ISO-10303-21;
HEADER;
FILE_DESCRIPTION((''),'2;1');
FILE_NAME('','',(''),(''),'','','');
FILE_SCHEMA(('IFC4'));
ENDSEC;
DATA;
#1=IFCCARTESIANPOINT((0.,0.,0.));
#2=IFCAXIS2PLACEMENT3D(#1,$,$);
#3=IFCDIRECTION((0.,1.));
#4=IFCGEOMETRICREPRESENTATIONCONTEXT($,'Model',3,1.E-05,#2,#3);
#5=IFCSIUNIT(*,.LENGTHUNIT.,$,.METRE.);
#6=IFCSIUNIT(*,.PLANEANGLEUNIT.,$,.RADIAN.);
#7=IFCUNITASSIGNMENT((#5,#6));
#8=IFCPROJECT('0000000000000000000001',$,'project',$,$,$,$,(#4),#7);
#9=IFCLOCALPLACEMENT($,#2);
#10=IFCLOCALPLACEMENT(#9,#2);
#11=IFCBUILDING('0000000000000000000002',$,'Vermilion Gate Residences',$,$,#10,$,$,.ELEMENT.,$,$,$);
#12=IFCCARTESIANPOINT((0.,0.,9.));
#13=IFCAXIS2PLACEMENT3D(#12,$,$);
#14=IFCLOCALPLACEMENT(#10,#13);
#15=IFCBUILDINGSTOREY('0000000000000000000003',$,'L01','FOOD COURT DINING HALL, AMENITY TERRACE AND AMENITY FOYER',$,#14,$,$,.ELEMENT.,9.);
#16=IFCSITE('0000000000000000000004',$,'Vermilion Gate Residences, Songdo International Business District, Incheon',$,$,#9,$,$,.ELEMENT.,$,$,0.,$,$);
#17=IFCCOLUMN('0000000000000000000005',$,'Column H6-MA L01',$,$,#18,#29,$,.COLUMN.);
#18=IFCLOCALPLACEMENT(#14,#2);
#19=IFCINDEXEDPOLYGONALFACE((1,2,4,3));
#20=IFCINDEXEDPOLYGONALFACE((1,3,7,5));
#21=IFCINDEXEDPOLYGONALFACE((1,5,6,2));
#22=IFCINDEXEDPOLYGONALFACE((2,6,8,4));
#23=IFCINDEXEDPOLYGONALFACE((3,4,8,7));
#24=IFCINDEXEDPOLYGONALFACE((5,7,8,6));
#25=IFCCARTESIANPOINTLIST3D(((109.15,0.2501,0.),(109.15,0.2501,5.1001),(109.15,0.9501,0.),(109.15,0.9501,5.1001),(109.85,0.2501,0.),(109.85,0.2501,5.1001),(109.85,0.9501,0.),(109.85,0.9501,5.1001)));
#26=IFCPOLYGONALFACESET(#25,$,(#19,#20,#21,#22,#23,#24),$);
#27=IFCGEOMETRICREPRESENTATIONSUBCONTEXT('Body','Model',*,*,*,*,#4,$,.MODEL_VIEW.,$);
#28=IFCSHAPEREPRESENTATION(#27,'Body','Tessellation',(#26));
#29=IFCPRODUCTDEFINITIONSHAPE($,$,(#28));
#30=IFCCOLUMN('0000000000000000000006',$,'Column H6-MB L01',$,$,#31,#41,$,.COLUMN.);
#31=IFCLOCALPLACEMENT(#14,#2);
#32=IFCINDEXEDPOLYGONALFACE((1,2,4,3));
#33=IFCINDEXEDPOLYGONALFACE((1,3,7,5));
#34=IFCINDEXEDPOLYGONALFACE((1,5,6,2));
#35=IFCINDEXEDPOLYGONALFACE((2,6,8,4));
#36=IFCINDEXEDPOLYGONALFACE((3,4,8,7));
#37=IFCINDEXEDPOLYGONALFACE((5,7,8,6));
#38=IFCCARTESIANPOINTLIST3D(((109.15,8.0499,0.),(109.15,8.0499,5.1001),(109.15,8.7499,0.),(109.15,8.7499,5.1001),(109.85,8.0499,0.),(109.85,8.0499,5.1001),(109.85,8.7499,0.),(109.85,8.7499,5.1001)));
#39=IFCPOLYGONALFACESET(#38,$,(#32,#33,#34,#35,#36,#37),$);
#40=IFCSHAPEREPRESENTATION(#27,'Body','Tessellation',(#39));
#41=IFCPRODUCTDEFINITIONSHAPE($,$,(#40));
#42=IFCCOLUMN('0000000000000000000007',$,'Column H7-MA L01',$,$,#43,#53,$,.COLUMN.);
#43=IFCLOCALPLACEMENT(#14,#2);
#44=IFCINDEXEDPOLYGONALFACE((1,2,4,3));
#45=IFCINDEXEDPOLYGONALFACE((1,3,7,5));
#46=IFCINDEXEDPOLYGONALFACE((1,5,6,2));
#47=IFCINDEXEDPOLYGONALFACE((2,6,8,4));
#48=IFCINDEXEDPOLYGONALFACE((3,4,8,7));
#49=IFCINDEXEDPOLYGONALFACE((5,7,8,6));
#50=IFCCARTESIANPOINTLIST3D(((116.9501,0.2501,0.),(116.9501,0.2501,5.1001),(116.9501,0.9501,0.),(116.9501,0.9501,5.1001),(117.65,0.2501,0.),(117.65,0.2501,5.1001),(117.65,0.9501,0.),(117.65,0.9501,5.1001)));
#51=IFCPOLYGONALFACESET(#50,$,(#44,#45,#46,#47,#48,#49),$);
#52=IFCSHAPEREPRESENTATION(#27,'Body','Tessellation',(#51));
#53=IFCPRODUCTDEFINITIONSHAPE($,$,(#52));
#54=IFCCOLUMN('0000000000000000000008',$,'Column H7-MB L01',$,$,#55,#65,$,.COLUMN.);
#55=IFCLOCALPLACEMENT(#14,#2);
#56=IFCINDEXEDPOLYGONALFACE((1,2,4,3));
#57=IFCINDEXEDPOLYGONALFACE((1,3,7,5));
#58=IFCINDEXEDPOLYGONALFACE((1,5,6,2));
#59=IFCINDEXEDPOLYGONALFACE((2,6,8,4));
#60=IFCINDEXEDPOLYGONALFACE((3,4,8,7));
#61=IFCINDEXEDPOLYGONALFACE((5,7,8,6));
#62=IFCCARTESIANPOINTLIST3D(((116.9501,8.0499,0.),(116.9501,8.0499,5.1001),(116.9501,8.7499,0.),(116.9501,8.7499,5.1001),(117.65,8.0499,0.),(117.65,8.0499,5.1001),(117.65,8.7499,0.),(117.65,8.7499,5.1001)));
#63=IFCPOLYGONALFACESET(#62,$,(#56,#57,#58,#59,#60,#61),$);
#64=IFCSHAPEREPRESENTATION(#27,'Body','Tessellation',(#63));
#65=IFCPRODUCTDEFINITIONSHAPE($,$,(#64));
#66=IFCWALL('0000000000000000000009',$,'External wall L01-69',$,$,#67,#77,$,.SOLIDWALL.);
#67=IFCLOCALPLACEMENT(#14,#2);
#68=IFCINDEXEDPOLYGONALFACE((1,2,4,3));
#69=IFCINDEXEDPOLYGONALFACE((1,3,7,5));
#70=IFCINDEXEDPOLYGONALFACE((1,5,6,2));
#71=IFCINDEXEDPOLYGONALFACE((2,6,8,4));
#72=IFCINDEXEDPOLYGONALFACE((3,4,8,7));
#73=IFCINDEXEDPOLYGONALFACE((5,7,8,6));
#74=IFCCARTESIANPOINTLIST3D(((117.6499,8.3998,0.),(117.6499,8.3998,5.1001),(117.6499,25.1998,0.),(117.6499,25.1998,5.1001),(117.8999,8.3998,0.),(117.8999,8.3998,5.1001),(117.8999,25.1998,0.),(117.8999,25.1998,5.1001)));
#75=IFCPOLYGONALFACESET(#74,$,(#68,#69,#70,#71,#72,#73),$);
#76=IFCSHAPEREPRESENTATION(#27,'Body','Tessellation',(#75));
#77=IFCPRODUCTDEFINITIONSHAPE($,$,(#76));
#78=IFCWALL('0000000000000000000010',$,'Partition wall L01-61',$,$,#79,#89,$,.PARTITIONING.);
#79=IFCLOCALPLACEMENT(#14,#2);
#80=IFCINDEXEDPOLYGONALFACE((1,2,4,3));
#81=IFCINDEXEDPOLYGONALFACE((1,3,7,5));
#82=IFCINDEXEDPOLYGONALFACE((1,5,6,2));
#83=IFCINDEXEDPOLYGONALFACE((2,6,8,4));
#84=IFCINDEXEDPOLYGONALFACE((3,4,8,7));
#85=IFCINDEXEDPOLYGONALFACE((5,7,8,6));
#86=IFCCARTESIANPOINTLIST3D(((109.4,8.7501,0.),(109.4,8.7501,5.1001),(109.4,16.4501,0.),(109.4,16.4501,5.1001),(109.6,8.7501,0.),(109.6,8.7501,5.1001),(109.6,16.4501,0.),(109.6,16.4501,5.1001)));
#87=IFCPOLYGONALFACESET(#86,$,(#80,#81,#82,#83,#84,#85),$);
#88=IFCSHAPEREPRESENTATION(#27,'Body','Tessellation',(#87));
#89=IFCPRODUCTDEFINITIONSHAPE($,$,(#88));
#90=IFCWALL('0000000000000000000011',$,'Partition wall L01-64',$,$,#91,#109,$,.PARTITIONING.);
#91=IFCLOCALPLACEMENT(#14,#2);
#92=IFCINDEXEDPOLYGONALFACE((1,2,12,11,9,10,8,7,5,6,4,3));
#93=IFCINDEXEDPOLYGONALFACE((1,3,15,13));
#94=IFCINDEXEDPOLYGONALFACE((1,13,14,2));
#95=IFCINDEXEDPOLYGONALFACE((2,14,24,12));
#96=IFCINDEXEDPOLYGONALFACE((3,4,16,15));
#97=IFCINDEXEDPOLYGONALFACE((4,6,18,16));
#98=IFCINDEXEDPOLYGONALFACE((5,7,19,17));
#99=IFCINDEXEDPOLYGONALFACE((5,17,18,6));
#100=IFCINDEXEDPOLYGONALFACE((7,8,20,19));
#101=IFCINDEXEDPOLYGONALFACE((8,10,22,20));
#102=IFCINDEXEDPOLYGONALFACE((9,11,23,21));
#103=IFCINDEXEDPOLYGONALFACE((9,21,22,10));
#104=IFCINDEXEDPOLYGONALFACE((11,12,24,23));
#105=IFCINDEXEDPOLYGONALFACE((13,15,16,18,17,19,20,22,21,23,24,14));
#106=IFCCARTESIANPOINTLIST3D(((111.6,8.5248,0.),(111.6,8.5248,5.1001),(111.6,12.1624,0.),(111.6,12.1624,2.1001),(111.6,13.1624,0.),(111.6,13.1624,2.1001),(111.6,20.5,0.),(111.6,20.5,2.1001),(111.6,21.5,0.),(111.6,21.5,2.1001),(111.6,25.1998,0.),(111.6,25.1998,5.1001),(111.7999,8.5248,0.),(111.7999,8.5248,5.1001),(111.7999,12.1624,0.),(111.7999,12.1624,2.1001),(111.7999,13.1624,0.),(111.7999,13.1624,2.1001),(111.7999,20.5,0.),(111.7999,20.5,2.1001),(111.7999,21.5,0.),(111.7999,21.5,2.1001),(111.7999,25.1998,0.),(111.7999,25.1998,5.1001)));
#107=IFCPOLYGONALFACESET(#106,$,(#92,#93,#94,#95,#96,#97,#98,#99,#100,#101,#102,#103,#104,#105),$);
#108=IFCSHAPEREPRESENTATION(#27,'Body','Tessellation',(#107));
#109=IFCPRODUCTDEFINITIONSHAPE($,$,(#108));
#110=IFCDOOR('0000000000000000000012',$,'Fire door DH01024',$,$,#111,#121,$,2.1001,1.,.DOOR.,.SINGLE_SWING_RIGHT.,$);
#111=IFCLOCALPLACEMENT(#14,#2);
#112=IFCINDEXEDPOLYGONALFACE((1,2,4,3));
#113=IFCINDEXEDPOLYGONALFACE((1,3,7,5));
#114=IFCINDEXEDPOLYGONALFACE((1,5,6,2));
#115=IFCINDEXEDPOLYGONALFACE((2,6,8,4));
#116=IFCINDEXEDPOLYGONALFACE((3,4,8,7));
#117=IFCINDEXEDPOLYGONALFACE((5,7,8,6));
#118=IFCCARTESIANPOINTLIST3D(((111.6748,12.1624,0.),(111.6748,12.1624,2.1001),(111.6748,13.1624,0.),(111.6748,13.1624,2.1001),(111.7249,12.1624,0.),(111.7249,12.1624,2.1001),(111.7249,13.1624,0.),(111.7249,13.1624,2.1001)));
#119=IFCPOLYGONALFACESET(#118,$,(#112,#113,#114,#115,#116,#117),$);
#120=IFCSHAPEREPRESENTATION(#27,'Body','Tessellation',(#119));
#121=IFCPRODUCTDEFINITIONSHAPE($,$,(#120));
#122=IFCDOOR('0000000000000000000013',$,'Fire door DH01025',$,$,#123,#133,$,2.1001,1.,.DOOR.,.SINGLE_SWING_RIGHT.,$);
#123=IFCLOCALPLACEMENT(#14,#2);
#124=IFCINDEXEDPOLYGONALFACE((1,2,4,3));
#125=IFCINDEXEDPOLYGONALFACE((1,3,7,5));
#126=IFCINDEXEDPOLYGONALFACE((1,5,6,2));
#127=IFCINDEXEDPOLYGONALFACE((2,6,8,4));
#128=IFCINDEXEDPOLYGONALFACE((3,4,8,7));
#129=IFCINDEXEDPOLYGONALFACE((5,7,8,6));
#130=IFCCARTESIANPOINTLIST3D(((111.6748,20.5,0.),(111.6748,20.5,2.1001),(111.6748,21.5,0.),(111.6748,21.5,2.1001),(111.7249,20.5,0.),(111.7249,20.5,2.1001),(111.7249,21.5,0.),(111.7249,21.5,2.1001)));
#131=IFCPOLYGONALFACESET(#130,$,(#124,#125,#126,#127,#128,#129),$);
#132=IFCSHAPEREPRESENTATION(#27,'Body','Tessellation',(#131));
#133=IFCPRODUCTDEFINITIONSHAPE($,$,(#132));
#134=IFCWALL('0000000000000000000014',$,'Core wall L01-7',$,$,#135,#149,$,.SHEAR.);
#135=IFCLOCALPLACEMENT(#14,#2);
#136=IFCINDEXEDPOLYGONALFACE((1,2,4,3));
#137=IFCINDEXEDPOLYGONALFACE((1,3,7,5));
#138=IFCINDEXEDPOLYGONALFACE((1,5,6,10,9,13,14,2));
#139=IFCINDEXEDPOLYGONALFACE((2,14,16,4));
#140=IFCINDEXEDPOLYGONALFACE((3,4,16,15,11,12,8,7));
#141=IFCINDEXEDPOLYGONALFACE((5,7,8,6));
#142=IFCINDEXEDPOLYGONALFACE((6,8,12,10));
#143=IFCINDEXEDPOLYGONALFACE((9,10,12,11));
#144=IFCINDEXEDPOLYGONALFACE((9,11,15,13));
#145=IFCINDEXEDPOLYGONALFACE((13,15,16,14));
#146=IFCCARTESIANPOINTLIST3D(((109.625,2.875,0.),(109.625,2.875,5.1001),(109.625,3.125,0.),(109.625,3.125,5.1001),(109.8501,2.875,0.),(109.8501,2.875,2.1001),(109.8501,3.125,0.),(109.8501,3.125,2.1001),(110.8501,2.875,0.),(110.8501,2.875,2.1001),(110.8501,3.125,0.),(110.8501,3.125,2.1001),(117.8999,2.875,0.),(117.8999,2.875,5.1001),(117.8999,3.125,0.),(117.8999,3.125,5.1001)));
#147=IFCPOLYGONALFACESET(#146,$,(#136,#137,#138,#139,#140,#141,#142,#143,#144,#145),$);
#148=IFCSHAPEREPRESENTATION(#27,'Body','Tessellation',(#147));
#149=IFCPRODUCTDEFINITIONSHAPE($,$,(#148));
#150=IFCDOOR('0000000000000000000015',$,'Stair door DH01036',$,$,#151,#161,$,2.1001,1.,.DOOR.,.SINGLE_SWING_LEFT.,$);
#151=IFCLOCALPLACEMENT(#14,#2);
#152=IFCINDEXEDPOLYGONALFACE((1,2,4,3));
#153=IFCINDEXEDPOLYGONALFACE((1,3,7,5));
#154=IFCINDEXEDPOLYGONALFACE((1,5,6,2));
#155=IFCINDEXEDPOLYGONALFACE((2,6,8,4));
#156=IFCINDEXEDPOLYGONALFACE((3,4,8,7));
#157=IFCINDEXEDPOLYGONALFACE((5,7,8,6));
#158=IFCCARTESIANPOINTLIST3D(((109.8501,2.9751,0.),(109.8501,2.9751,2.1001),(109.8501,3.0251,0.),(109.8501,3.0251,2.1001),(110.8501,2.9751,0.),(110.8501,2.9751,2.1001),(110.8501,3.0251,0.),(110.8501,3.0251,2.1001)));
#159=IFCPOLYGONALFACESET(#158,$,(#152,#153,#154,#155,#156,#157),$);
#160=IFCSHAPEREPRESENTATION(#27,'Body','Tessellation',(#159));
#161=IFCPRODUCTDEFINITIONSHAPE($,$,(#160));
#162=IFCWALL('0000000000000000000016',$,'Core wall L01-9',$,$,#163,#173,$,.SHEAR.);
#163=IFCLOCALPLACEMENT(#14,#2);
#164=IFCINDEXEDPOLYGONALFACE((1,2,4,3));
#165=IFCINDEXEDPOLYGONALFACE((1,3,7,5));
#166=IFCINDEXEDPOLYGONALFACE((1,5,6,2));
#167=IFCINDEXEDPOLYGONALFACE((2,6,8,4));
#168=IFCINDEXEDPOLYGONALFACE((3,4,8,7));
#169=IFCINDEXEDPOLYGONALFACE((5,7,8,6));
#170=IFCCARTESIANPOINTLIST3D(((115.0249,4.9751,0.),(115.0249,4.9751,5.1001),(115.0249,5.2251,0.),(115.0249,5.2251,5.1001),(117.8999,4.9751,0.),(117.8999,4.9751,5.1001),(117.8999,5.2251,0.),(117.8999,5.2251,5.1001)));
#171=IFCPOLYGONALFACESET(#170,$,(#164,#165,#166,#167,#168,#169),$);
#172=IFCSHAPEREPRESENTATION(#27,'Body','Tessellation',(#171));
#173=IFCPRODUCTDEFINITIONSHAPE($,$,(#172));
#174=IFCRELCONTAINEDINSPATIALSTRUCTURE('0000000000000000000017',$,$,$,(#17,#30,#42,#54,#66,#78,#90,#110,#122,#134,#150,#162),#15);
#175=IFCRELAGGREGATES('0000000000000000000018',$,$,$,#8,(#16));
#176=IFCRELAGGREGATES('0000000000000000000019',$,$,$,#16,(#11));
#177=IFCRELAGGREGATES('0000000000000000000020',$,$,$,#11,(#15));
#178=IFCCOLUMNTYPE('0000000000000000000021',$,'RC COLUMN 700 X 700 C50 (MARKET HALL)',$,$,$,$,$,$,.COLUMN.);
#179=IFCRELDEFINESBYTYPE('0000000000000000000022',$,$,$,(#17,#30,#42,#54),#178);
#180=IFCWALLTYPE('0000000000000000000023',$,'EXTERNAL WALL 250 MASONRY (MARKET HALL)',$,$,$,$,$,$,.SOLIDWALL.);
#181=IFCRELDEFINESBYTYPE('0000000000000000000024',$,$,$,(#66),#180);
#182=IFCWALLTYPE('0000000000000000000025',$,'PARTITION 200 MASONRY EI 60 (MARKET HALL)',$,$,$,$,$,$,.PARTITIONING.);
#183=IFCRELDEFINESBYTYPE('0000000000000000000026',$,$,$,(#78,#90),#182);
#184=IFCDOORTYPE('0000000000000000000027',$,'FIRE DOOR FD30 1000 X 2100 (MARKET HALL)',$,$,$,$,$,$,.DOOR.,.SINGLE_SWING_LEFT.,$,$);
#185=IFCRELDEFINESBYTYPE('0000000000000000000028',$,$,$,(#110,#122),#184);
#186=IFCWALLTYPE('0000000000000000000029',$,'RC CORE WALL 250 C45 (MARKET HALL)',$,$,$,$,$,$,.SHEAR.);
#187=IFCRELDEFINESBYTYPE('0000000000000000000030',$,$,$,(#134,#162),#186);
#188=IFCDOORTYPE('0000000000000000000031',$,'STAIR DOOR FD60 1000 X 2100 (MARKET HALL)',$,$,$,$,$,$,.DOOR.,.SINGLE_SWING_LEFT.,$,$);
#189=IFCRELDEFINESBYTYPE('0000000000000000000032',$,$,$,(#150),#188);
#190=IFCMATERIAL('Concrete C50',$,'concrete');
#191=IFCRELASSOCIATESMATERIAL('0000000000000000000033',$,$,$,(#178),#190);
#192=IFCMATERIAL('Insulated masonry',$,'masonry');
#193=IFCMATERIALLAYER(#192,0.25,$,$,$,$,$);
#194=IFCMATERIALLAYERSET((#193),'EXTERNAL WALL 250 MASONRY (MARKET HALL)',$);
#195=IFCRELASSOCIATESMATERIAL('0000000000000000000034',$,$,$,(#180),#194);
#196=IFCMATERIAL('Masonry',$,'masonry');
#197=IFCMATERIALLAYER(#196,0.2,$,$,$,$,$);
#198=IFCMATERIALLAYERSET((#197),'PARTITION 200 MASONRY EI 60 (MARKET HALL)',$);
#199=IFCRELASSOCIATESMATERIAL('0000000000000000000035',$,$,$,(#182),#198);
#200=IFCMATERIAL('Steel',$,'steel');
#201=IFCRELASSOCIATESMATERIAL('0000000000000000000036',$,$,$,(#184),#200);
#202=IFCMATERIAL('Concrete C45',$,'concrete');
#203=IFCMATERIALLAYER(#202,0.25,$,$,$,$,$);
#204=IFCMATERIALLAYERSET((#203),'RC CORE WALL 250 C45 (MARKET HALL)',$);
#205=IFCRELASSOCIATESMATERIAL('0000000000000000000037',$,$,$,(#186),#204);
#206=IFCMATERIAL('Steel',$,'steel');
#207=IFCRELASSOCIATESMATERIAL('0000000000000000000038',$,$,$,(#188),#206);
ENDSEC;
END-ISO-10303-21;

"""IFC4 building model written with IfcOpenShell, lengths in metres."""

from ifc_helpers import new_model, si_unit, direction, frame, frame_2d, origin, origin_2d, place, context, subcontext, project, spatial, rectangle, extrude, material, layer, layer_set, material_profile, profile_set, type_object, element, fill, save


model = new_model("IFC4")

# Units and contexts
model_context = context("Model", 3, precision=1e-05, world=origin(), true_north=direction((0.0, 1.0)))
body_context = subcontext(model_context, "Body", "Model", "MODEL_VIEW")
ifc_project = project(units=[si_unit("LENGTHUNIT", "METRE"), si_unit("PLANEANGLEUNIT", "RADIAN")], contexts=[model_context])

# Site, building, storey
site_placement = place(None, origin())
site = spatial("IfcSite", under=ifc_project, at=site_placement, Name="Vermilion Gate Residences, Songdo International Business District, Incheon", CompositionType="ELEMENT", RefElevation=0.0)
building_placement = place(site_placement, origin())
building = spatial("IfcBuilding", under=site, at=building_placement, Name="Vermilion Gate Residences", CompositionType="ELEMENT")
storey_placement = place(building_placement, frame((0.0, 0.0, 9.0)))
storey = spatial("IfcBuildingStorey", under=building, at=storey_placement, Name="L01", Description="FOOD COURT DINING HALL, AMENITY TERRACE AND AMENITY FOYER", CompositionType="ELEMENT", Elevation=9.0)

# Columns
ifc_material_1 = material(Name="Concrete C50", Category="concrete")
ifc_material_profile = material_profile(ifc_material_1, rectangle(XDim=0.7, YDim=0.7, at=origin_2d()), Name="RC COLUMN 700 X 700 C50 (MARKET HALL)")
ifc_profile_set = profile_set([ifc_material_profile], Name="Concrete C50")
column_type = type_object("IfcColumnType", Name="RC COLUMN 700 X 700 C50 (MARKET HALL)", PredefinedType="COLUMN", material=ifc_profile_set)
for number, where, z_axis, x_axis, name in (
    (1, (109.5, 0.6001, 0.0), (0.0, 0.0, 1.0), (1.0, 0.0, 0.0), "Column H6-MA L01"),
    (2, (109.5, 8.3999, 0.0), (0.0, 0.0, 1.0), (1.0, 0.0, 0.0), "Column H6-MB L01"),
    (3, (117.3, 0.6001, 0.0), (0.0, 0.0, 1.0), (1.0, 0.0, 0.0), "Column H7-MA L01"),
    (4, (117.3, 8.3999, 0.0), (0.0, 0.0, 1.0), (1.0, 0.0, 0.0), "Column H7-MB L01"),
):
    element("IfcColumn", number, at=place(storey_placement, frame(where, z_axis=z_axis, x_axis=x_axis)), inside=storey, type_object=column_type, Name=name, PredefinedType="COLUMN", context=body_context, shape_type="SweptSolid", body=[
        extrude(rectangle(XDim=0.7, YDim=0.7, at=origin_2d()), origin(), (0.0, 0.0, 1.0), 5.1001),
    ])

# Walls
ifc_material_2 = material(Name="Insulated masonry", Category="masonry")
ifc_layer_1 = layer(ifc_material_2, 0.25)
ifc_layer_set_1 = layer_set([ifc_layer_1], Name="EXTERNAL WALL 250 MASONRY (MARKET HALL)")
wall_type_1 = type_object("IfcWallType", Name="EXTERNAL WALL 250 MASONRY (MARKET HALL)", PredefinedType="SOLIDWALL", material=ifc_layer_set_1)
wall_1_placement = place(storey_placement, frame((117.7749, 8.3999, 0.0), z_axis=(0.0, 0.0, 1.0), x_axis=(0.0, 1.0, 0.0)))
element("IfcWall", 5, at=wall_1_placement, inside=storey, type_object=wall_type_1, Name="External wall L01-69", PredefinedType="SOLIDWALL", context=body_context, shape_type="SweptSolid", body=[
    extrude(rectangle(XDim=16.8, YDim=0.25, at=frame_2d((8.3999, 0.0))), origin(), (0.0, 0.0, 1.0), 5.1001),
])
ifc_material_3 = material(Name="Masonry", Category="masonry")
ifc_layer_2 = layer(ifc_material_3, 0.2)
ifc_layer_set_2 = layer_set([ifc_layer_2], Name="PARTITION 200 MASONRY EI 60 (MARKET HALL)")
wall_type_2 = type_object("IfcWallType", Name="PARTITION 200 MASONRY EI 60 (MARKET HALL)", PredefinedType="PARTITIONING", material=ifc_layer_set_2)
wall_2_placement = place(storey_placement, frame((109.5, 8.75, 0.0), z_axis=(0.0, 0.0, 1.0), x_axis=(0.0, 1.0, 0.0)))
element("IfcWall", 6, at=wall_2_placement, inside=storey, type_object=wall_type_2, Name="Partition wall L01-61", PredefinedType="PARTITIONING", context=body_context, shape_type="SweptSolid", body=[
    extrude(rectangle(XDim=7.7, YDim=0.2, at=frame_2d((3.8501, 0.0))), origin(), (0.0, 0.0, 1.0), 5.1001),
])

# Wall, openings, doors
wall_3_placement = place(storey_placement, frame((111.7, 8.5249, 0.0), z_axis=(0.0, 0.0, 1.0), x_axis=(0.0, 1.0, 0.0)))
wall_3 = element("IfcWall", 7, at=wall_3_placement, inside=storey, type_object=wall_type_2, Name="Partition wall L01-64", PredefinedType="PARTITIONING", context=body_context, shape_type="SweptSolid", body=[
    extrude(rectangle(XDim=16.675, YDim=0.2, at=frame_2d((8.3374, 0.0))), origin(), (0.0, 0.0, 1.0), 5.1001),
])
opening_1_placement = place(wall_3_placement, frame((3.6375, 0.0, 0.0)))
opening_1 = element("IfcOpeningElement", 8, at=opening_1_placement, cuts=wall_3, PredefinedType="OPENING", context=body_context, shape_type="SweptSolid", body=[
    extrude(rectangle(XDim=1.0, YDim=2.1001, at=frame_2d((0.5, 1.05))), frame((0.0, 0.1099, 0.0), z_axis=(0.0, -1.0, 0.0), x_axis=(1.0, 0.0, 0.0)), (0.0, 0.0, 1.0), 0.22),
])
opening_2_placement = place(wall_3_placement, frame((11.9751, 0.0, 0.0)))
opening_2 = element("IfcOpeningElement", 9, at=opening_2_placement, cuts=wall_3, PredefinedType="OPENING", context=body_context, shape_type="SweptSolid", body=[
    extrude(rectangle(XDim=1.0, YDim=2.1001, at=frame_2d((0.5, 1.05))), frame((0.0, 0.1099, 0.0), z_axis=(0.0, -1.0, 0.0), x_axis=(1.0, 0.0, 0.0)), (0.0, 0.0, 1.0), 0.22),
])
ifc_material_4 = material(Name="Steel", Category="steel")
door_type_1 = type_object("IfcDoorType", Name="FIRE DOOR FD30 1000 X 2100 (MARKET HALL)", OperationType="SINGLE_SWING_LEFT", PredefinedType="DOOR", material=ifc_material_4)
door_1_placement = place(opening_1_placement, frame((1.0, 0.0, 0.0), z_axis=(0.0, 0.0, 1.0), x_axis=(-1.0, 0.0, 0.0)))
door_1 = element("IfcDoor", 10, at=door_1_placement, inside=storey, type_object=door_type_1, Name="Fire door DH01024", OperationType="SINGLE_SWING_RIGHT", OverallHeight=2.1001, OverallWidth=1.0, PredefinedType="DOOR", context=body_context, shape_type="SweptSolid", body=[
    extrude(rectangle(XDim=1.0, YDim=2.1001, at=frame_2d((0.5, 1.05))), frame((0.0, 0.0249, 0.0), z_axis=(0.0, -1.0, 0.0), x_axis=(1.0, 0.0, 0.0)), (0.0, 0.0, 1.0), 0.05),
])
fill(opening_1, door_1)
door_2_placement = place(opening_2_placement, frame((1.0, 0.0, 0.0), z_axis=(0.0, 0.0, 1.0), x_axis=(-1.0, 0.0, 0.0)))
door_2 = element("IfcDoor", 11, at=door_2_placement, inside=storey, type_object=door_type_1, Name="Fire door DH01025", OperationType="SINGLE_SWING_RIGHT", OverallHeight=2.1001, OverallWidth=1.0, PredefinedType="DOOR", context=body_context, shape_type="SweptSolid", body=[
    extrude(rectangle(XDim=1.0, YDim=2.1001, at=frame_2d((0.5, 1.05))), frame((0.0, 0.0249, 0.0), z_axis=(0.0, -1.0, 0.0), x_axis=(1.0, 0.0, 0.0)), (0.0, 0.0, 1.0), 0.05),
])
fill(opening_2, door_2)

# Wall, opening, door
ifc_material_5 = material(Name="Concrete C45", Category="concrete")
ifc_layer_3 = layer(ifc_material_5, 0.25)
ifc_layer_set_3 = layer_set([ifc_layer_3], Name="RC CORE WALL 250 C45 (MARKET HALL)")
wall_type_3 = type_object("IfcWallType", Name="RC CORE WALL 250 C45 (MARKET HALL)", PredefinedType="SHEAR", material=ifc_layer_set_3)
wall_4_placement = place(storey_placement, frame((109.625, 3.0, 0.0), z_axis=(0.0, 0.0, 1.0), x_axis=(1.0, 0.0, 0.0)))
wall_4 = element("IfcWall", 12, at=wall_4_placement, inside=storey, type_object=wall_type_3, Name="Core wall L01-7", PredefinedType="SHEAR", context=body_context, shape_type="SweptSolid", body=[
    extrude(rectangle(XDim=8.2749, YDim=0.25, at=frame_2d((4.1375, 0.0))), origin(), (0.0, 0.0, 1.0), 5.1001),
])
opening_3_placement = place(wall_4_placement, frame((0.2251, 0.0, 0.0)))
opening_3 = element("IfcOpeningElement", 13, at=opening_3_placement, cuts=wall_4, PredefinedType="OPENING", context=body_context, shape_type="SweptSolid", body=[
    extrude(rectangle(XDim=1.0, YDim=2.1001, at=frame_2d((0.5, 1.05))), frame((0.0, 0.135, 0.0), z_axis=(0.0, -1.0, 0.0), x_axis=(1.0, 0.0, 0.0)), (0.0, 0.0, 1.0), 0.27),
])
ifc_material_6 = material(Name="Steel", Category="steel")
door_type_2 = type_object("IfcDoorType", Name="STAIR DOOR FD60 1000 X 2100 (MARKET HALL)", OperationType="SINGLE_SWING_LEFT", PredefinedType="DOOR", material=ifc_material_6)
door_3_placement = place(opening_3_placement, frame((1.0, 0.0, 0.0), z_axis=(0.0, 0.0, 1.0), x_axis=(-1.0, 0.0, 0.0)))
door_3 = element("IfcDoor", 14, at=door_3_placement, inside=storey, type_object=door_type_2, Name="Stair door DH01036", OperationType="SINGLE_SWING_LEFT", OverallHeight=2.1001, OverallWidth=1.0, PredefinedType="DOOR", context=body_context, shape_type="SweptSolid", body=[
    extrude(rectangle(XDim=1.0, YDim=2.1001, at=frame_2d((0.5, 1.05))), frame((0.0, 0.0249, 0.0), z_axis=(0.0, -1.0, 0.0), x_axis=(1.0, 0.0, 0.0)), (0.0, 0.0, 1.0), 0.05),
])
fill(opening_3, door_3)

# Wall
wall_5_placement = place(storey_placement, frame((115.0249, 5.1001, 0.0), z_axis=(0.0, 0.0, 1.0), x_axis=(1.0, 0.0, 0.0)))
element("IfcWall", 15, at=wall_5_placement, inside=storey, type_object=wall_type_3, Name="Core wall L01-9", PredefinedType="SHEAR", context=body_context, shape_type="SweptSolid", body=[
    extrude(rectangle(XDim=2.875, YDim=0.25, at=frame_2d((1.4375, 0.0))), origin(), (0.0, 0.0, 1.0), 5.1001),
])

save(model, "model.ifc")
